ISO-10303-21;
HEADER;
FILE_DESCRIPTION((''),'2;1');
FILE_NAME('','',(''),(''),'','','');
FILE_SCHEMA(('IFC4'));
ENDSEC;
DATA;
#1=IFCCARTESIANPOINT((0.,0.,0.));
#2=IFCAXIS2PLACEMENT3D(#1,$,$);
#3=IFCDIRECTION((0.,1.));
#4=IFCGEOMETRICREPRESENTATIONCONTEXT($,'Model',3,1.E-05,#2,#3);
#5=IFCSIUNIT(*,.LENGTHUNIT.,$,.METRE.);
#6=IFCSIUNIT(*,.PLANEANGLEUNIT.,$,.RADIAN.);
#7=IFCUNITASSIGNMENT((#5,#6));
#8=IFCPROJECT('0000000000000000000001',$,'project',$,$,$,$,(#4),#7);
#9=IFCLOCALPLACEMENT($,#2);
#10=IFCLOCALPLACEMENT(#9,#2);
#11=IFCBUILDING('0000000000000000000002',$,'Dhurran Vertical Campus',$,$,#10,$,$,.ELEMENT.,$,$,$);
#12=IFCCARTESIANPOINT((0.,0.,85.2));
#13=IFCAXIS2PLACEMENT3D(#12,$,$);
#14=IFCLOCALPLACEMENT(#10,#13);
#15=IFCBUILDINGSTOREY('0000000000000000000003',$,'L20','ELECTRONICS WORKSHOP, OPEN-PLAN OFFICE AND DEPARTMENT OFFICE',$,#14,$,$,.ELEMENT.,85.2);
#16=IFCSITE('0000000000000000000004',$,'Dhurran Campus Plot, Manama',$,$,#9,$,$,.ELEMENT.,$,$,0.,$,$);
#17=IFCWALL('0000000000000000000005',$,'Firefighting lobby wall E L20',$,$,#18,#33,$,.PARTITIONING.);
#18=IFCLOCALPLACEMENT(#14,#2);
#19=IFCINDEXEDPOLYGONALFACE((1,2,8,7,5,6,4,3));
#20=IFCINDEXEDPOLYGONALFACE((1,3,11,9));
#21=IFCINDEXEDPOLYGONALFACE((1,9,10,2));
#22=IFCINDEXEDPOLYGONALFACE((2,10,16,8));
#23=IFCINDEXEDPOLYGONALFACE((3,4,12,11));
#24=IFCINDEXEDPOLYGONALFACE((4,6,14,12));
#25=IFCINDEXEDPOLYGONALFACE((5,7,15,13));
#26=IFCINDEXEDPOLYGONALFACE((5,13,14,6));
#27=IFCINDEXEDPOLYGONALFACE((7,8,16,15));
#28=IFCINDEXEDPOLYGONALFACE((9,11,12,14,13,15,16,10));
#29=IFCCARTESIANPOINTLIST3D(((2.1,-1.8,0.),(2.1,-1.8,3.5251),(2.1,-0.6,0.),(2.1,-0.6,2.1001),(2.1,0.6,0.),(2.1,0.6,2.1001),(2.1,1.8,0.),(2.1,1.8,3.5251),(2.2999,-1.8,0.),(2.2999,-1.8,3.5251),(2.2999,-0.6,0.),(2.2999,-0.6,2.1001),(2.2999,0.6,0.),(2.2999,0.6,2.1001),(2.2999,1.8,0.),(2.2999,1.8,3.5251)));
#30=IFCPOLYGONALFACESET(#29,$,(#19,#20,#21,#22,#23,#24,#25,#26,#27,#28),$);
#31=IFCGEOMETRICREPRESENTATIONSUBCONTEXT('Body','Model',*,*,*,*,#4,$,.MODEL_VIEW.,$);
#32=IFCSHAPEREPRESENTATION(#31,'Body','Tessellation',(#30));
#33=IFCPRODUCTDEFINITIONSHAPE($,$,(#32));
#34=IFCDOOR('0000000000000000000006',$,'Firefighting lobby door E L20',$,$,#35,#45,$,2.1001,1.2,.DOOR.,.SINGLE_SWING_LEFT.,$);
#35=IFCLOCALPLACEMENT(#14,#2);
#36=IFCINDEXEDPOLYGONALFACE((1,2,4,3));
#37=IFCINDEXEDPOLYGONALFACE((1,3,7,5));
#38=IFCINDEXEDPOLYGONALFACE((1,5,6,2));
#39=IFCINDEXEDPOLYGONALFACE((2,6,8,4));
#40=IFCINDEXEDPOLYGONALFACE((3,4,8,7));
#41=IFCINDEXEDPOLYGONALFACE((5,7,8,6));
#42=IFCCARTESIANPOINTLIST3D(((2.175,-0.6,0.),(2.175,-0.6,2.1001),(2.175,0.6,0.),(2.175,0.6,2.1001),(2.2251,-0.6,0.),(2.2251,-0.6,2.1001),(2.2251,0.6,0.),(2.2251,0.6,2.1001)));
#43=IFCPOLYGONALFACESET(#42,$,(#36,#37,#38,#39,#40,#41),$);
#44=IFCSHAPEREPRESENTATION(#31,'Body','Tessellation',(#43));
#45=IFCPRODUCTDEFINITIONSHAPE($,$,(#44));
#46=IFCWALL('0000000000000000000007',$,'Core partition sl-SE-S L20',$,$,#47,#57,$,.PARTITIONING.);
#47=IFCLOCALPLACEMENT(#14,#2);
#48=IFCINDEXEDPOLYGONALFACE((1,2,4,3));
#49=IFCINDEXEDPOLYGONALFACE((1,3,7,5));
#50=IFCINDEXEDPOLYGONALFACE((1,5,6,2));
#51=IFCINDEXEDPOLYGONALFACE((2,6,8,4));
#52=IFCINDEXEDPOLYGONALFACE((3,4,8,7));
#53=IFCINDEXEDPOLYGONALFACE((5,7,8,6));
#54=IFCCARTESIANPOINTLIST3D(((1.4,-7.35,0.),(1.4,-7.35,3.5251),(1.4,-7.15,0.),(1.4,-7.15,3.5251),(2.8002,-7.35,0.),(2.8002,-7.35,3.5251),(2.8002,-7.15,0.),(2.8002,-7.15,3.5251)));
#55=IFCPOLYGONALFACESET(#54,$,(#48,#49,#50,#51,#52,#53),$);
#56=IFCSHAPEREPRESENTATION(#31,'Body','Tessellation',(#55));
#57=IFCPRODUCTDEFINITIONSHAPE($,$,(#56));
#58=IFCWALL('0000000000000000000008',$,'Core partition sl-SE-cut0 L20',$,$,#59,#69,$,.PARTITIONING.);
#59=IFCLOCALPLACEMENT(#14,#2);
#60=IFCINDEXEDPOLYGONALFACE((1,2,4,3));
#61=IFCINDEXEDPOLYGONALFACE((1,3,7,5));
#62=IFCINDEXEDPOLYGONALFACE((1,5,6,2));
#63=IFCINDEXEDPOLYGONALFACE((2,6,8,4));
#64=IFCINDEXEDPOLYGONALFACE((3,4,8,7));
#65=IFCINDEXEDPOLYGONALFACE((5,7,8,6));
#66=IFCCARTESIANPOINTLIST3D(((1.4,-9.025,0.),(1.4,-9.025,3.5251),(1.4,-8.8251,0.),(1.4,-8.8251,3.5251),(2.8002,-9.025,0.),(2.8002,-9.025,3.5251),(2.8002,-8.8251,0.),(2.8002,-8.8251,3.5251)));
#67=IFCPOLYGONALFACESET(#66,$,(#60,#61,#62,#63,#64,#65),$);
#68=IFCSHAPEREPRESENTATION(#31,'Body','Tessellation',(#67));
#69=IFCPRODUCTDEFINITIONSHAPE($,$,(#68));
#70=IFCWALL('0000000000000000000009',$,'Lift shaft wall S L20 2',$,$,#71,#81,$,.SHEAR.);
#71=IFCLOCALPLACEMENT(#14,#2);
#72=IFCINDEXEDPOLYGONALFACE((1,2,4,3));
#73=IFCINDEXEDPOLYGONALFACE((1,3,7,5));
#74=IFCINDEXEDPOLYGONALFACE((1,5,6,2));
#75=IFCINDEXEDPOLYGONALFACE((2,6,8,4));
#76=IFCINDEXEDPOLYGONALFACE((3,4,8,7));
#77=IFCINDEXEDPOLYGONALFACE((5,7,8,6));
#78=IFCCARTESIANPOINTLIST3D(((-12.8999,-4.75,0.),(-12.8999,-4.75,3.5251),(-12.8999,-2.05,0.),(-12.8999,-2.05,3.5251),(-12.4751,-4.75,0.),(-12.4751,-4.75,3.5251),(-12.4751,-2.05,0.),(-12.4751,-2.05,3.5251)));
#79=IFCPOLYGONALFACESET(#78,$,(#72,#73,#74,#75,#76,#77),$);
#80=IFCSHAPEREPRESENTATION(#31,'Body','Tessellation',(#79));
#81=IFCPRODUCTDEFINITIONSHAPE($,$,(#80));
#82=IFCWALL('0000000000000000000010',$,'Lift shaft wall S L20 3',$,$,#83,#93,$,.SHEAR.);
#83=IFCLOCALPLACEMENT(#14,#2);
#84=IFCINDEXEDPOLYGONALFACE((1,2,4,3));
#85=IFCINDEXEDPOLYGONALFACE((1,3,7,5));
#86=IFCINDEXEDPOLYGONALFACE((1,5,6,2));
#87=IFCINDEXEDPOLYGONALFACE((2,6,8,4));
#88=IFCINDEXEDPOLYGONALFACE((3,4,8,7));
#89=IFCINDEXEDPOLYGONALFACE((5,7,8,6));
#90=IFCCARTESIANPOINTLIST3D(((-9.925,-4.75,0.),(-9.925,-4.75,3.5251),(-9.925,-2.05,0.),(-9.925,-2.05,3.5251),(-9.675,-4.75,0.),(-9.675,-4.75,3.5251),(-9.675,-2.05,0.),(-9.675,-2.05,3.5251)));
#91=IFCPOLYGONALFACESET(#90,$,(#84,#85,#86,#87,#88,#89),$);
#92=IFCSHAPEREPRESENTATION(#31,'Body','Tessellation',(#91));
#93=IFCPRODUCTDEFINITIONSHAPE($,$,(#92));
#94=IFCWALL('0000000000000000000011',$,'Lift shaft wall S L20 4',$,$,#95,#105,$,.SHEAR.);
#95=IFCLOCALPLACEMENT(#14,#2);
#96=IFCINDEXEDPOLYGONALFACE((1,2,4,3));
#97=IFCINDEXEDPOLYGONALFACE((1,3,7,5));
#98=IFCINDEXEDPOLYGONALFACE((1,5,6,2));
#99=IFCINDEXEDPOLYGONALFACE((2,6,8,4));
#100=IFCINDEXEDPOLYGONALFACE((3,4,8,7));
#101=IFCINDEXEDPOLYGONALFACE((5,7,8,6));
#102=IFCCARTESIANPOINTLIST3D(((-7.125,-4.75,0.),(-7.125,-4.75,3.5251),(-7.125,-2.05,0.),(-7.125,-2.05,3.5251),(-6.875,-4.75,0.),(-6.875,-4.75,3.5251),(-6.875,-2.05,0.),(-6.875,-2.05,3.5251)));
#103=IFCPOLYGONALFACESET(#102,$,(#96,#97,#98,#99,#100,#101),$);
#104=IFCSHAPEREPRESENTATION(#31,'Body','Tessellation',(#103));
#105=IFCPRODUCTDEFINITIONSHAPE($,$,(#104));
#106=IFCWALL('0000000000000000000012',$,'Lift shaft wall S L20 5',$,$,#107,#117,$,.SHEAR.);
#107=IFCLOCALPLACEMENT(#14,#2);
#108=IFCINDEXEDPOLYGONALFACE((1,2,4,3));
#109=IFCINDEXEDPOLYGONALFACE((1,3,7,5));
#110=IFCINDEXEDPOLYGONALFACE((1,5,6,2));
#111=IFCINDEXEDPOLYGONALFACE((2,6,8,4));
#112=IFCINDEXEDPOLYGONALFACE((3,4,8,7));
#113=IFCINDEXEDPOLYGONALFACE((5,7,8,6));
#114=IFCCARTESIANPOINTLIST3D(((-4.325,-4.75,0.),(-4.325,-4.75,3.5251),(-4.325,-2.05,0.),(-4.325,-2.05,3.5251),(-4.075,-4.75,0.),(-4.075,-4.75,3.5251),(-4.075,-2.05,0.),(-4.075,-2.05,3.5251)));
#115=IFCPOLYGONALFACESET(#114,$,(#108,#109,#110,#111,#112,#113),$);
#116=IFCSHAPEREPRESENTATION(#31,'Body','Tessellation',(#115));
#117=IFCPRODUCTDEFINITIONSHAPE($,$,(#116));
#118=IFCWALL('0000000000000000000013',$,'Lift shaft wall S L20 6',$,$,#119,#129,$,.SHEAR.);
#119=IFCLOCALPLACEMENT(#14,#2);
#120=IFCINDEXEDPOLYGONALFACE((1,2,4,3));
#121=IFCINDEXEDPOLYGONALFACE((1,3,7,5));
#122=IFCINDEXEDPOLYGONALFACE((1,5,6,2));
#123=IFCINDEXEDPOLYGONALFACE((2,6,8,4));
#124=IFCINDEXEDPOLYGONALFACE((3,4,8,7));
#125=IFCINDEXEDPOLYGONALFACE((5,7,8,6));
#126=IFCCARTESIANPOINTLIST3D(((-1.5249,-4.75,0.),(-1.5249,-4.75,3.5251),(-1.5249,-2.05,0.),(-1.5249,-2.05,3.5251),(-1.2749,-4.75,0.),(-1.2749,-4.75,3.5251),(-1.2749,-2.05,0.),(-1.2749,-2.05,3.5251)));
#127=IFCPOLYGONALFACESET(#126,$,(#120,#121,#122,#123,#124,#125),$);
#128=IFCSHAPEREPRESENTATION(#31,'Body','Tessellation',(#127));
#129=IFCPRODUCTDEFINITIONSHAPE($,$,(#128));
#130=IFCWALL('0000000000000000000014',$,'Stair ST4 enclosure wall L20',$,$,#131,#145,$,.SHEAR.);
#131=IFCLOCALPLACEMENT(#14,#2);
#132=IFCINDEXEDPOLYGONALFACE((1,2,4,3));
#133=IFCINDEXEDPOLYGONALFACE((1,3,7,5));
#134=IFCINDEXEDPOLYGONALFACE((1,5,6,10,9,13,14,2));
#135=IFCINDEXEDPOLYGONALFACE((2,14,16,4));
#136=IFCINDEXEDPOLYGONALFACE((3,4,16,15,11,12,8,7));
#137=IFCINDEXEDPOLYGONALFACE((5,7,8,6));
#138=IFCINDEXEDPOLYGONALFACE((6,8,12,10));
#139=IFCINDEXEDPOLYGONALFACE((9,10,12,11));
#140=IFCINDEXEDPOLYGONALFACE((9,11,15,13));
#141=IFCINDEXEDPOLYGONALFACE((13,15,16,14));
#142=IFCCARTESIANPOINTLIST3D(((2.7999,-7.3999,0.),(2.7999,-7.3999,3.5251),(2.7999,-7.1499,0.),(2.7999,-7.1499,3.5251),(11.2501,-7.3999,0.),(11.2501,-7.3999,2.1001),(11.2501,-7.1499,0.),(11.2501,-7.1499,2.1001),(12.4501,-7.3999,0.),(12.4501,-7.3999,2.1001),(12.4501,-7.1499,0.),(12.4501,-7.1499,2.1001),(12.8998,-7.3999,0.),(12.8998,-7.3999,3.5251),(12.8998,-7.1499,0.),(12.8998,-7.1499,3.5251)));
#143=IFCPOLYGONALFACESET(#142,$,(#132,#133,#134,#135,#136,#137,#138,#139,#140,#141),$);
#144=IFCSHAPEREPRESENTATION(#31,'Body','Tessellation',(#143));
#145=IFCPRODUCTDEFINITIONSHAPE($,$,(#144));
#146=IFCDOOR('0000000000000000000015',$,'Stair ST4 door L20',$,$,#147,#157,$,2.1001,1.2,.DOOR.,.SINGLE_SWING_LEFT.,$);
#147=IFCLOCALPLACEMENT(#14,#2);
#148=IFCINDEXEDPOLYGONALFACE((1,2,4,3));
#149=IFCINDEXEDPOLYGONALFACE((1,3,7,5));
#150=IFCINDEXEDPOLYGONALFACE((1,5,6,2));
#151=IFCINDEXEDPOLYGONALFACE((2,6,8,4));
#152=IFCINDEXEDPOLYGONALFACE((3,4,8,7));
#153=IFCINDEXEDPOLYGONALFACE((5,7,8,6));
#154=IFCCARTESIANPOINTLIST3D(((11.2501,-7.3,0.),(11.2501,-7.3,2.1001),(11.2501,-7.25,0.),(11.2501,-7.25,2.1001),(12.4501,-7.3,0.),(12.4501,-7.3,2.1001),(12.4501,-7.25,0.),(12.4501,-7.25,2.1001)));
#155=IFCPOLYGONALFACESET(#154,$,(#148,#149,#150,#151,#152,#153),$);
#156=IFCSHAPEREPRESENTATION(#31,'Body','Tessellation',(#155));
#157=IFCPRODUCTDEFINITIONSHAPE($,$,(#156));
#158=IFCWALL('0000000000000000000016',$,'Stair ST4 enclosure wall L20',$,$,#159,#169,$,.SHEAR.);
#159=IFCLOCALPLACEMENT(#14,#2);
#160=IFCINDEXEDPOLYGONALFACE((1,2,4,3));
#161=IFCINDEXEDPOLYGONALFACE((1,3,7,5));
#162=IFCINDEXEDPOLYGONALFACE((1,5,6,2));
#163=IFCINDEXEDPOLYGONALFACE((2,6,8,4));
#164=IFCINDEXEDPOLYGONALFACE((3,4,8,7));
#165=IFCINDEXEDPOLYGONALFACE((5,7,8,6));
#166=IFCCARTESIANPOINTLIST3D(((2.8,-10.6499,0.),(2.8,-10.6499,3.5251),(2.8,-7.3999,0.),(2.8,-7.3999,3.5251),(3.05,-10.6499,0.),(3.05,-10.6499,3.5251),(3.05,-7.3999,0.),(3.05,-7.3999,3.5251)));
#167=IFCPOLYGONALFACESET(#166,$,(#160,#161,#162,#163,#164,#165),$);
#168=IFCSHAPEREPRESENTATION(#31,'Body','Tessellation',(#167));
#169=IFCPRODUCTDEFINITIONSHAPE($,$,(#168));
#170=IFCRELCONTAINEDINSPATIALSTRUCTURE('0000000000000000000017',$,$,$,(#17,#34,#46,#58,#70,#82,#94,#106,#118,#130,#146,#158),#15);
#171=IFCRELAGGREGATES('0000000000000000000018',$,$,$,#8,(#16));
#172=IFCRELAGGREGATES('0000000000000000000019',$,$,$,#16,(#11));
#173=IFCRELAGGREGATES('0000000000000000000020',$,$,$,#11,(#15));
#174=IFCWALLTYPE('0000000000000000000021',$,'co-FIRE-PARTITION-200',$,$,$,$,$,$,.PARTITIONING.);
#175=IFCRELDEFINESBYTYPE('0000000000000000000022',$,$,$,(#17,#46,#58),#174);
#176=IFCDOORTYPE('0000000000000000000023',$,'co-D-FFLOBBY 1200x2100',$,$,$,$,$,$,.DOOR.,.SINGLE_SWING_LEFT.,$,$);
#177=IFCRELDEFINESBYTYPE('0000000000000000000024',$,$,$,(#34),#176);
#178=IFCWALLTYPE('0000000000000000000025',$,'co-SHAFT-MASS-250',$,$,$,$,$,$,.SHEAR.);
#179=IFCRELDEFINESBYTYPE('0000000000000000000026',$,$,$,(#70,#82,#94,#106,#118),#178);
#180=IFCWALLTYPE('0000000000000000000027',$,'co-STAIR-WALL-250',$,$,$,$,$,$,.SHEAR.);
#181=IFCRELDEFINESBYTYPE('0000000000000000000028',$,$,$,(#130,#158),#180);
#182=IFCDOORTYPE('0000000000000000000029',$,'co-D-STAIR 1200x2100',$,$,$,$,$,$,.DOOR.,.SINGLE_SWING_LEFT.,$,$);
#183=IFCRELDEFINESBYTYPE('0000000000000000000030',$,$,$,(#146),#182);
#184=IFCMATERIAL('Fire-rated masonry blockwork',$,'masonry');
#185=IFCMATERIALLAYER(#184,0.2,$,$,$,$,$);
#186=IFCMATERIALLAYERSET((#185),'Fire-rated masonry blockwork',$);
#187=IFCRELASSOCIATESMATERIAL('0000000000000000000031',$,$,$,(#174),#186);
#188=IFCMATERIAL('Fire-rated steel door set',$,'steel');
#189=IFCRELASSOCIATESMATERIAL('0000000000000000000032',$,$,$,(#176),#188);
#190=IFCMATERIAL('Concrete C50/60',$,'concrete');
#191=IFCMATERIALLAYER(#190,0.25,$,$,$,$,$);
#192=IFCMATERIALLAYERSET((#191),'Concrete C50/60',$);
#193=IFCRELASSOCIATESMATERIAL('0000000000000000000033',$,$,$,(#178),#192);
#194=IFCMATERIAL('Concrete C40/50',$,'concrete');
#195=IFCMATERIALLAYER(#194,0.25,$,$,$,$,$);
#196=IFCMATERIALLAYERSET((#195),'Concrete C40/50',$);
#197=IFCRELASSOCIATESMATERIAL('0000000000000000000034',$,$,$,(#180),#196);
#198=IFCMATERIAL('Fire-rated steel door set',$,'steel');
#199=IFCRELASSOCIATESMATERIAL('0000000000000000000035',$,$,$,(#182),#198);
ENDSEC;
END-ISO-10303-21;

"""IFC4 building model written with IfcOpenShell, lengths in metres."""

from ifc_helpers import new_model, si_unit, direction, frame, frame_2d, origin, place, context, subcontext, project, spatial, polyline, rectangle, outline, extrude, material, layer, layer_set, type_object, element, fill, save


model = new_model("IFC4")

# Units and contexts
model_context = context("Model", 3, precision=1e-05, world=origin(), true_north=direction((0.0, 1.0)))
body_context = subcontext(model_context, "Body", "Model", "MODEL_VIEW")
ifc_project = project(units=[si_unit("LENGTHUNIT", "METRE"), si_unit("PLANEANGLEUNIT", "RADIAN")], contexts=[model_context])

# Site, building, storey
site_placement = place(None, origin())
site = spatial("IfcSite", under=ifc_project, at=site_placement, Name="Dhurran Campus Plot, Manama", CompositionType="ELEMENT", RefElevation=0.0)
building_placement = place(site_placement, origin())
building = spatial("IfcBuilding", under=site, at=building_placement, Name="Dhurran Vertical Campus", CompositionType="ELEMENT")
storey_placement = place(building_placement, frame((0.0, 0.0, 85.2)))
storey = spatial("IfcBuildingStorey", under=building, at=storey_placement, Name="L20", Description="ELECTRONICS WORKSHOP, OPEN-PLAN OFFICE AND DEPARTMENT OFFICE", CompositionType="ELEMENT", Elevation=85.2)

# Wall, opening, door
ifc_material_1 = material(Name="Fire-rated masonry blockwork", Category="masonry")
ifc_layer_1 = layer(ifc_material_1, 0.2)
ifc_layer_set_1 = layer_set([ifc_layer_1], Name="Fire-rated masonry blockwork")
wall_type_1 = type_object("IfcWallType", Name="co-FIRE-PARTITION-200", PredefinedType="PARTITIONING", material=ifc_layer_set_1)
wall_1_placement = place(storey_placement, frame((2.2, -1.8, 0.0), z_axis=(0.0, 0.0, 1.0), x_axis=(0.0, 1.0, 0.0)))
wall_1 = element("IfcWall", 1, at=wall_1_placement, inside=storey, type_object=wall_type_1, Name="Firefighting lobby wall E L20", PredefinedType="PARTITIONING", context=body_context, shape_type="SweptSolid", body=[
    extrude(rectangle(XDim=3.6001, YDim=0.2, at=frame_2d((1.8, 0.0))), origin(), (0.0, 0.0, 1.0), 3.5251),
])
opening_1_placement = place(wall_1_placement, frame((1.2, 0.0, 0.0)))
opening_1 = element("IfcOpeningElement", 2, at=opening_1_placement, cuts=wall_1, PredefinedType="OPENING", context=body_context, shape_type="SweptSolid", body=[
    extrude(rectangle(XDim=1.2, YDim=2.1001, at=frame_2d((0.6001, 1.05))), frame((0.0, 0.1099, 0.0), z_axis=(0.0, -1.0, 0.0), x_axis=(1.0, 0.0, 0.0)), (0.0, 0.0, 1.0), 0.22),
])
ifc_material_2 = material(Name="Fire-rated steel door set", Category="steel")
door_type_1 = type_object("IfcDoorType", Name="co-D-FFLOBBY 1200x2100", OperationType="SINGLE_SWING_LEFT", PredefinedType="DOOR", material=ifc_material_2)
door_1_placement = place(opening_1_placement, origin())
door_1 = element("IfcDoor", 3, at=door_1_placement, inside=storey, type_object=door_type_1, Name="Firefighting lobby door E L20", OperationType="SINGLE_SWING_LEFT", OverallHeight=2.1001, OverallWidth=1.2, PredefinedType="DOOR", context=body_context, shape_type="SweptSolid", body=[
    extrude(rectangle(XDim=1.2, YDim=2.1001, at=frame_2d((0.6001, 1.05))), frame((0.0, 0.0249, 0.0), z_axis=(0.0, -1.0, 0.0), x_axis=(1.0, 0.0, 0.0)), (0.0, 0.0, 1.0), 0.05),
])
fill(opening_1, door_1)

# Walls
for number, where, z_axis, x_axis, name in (
    (4, (1.3999, -7.25, 0.0), (0.0, 0.0, 1.0), (1.0, 0.0, 0.0), "Core partition sl-SE-S L20"),
    (5, (1.3999, -8.925, 0.0), (0.0, 0.0, 1.0), (1.0, 0.0, 0.0), "Core partition sl-SE-cut0 L20"),
):
    element("IfcWall", number, at=place(storey_placement, frame(where, z_axis=z_axis, x_axis=x_axis)), inside=storey, type_object=wall_type_1, Name=name, PredefinedType="PARTITIONING", context=body_context, shape_type="SweptSolid", body=[
        extrude(rectangle(XDim=1.4001, YDim=0.2, at=frame_2d((0.7002, 0.0))), origin(), (0.0, 0.0, 1.0), 3.5251),
    ])
ifc_material_3 = material(Name="Concrete C50/60", Category="concrete")
ifc_layer_2 = layer(ifc_material_3, 0.25)
ifc_layer_set_2 = layer_set([ifc_layer_2], Name="Concrete C50/60")
wall_type_2 = type_object("IfcWallType", Name="co-SHAFT-MASS-250", PredefinedType="SHEAR", material=ifc_layer_set_2)
wall_2_placement = place(storey_placement, origin())
element("IfcWall", 6, at=wall_2_placement, inside=storey, type_object=wall_type_2, Name="Lift shaft wall S L20 2", PredefinedType="SHEAR", context=body_context, shape_type="SweptSolid", body=[
    extrude(outline(polyline([(-12.8999, -4.75), (-12.4751, -4.75), (-12.4751, -2.05), (-12.8999, -2.05), (-12.8999, -4.75)])), origin(), (0.0, 0.0, 1.0), 3.5251),
])
wall_3_placement = place(storey_placement, origin())
element("IfcWall", 7, at=wall_3_placement, inside=storey, type_object=wall_type_2, Name="Lift shaft wall S L20 3", PredefinedType="SHEAR", context=body_context, shape_type="SweptSolid", body=[
    extrude(outline(polyline([(-9.925, -4.75), (-9.675, -4.75), (-9.675, -2.05), (-9.925, -2.05), (-9.925, -4.75)])), origin(), (0.0, 0.0, 1.0), 3.5251),
])
wall_4_placement = place(storey_placement, origin())
element("IfcWall", 8, at=wall_4_placement, inside=storey, type_object=wall_type_2, Name="Lift shaft wall S L20 4", PredefinedType="SHEAR", context=body_context, shape_type="SweptSolid", body=[
    extrude(outline(polyline([(-7.125, -4.75), (-6.875, -4.75), (-6.875, -2.05), (-7.125, -2.05), (-7.125, -4.75)])), origin(), (0.0, 0.0, 1.0), 3.5251),
])
wall_5_placement = place(storey_placement, origin())
element("IfcWall", 9, at=wall_5_placement, inside=storey, type_object=wall_type_2, Name="Lift shaft wall S L20 5", PredefinedType="SHEAR", context=body_context, shape_type="SweptSolid", body=[
    extrude(outline(polyline([(-4.325, -4.75), (-4.075, -4.75), (-4.075, -2.05), (-4.325, -2.05), (-4.325, -4.75)])), origin(), (0.0, 0.0, 1.0), 3.5251),
])
wall_6_placement = place(storey_placement, origin())
element("IfcWall", 10, at=wall_6_placement, inside=storey, type_object=wall_type_2, Name="Lift shaft wall S L20 6", PredefinedType="SHEAR", context=body_context, shape_type="SweptSolid", body=[
    extrude(outline(polyline([(-1.5249, -4.75), (-1.2749, -4.75), (-1.2749, -2.05), (-1.5249, -2.05), (-1.5249, -4.75)])), origin(), (0.0, 0.0, 1.0), 3.5251),
])

# Wall, opening, door
ifc_material_4 = material(Name="Concrete C40/50", Category="concrete")
ifc_layer_3 = layer(ifc_material_4, 0.25)
ifc_layer_set_3 = layer_set([ifc_layer_3], Name="Concrete C40/50")
wall_type_3 = type_object("IfcWallType", Name="co-STAIR-WALL-250", PredefinedType="SHEAR", material=ifc_layer_set_3)
wall_7_placement = place(storey_placement, frame((2.8, -7.2749, 0.0), z_axis=(0.0, 0.0, 1.0), x_axis=(1.0, 0.0, 0.0)))
wall_7 = element("IfcWall", 11, at=wall_7_placement, inside=storey, type_object=wall_type_3, Name="Stair ST4 enclosure wall L20", PredefinedType="SHEAR", context=body_context, shape_type="SweptSolid", body=[
    extrude(rectangle(XDim=10.0999, YDim=0.25, at=frame_2d((5.0498, 0.0))), origin(), (0.0, 0.0, 1.0), 3.5251),
])
opening_2_placement = place(wall_7_placement, frame((8.45, 0.0, 0.0)))
opening_2 = element("IfcOpeningElement", 12, at=opening_2_placement, cuts=wall_7, PredefinedType="OPENING", context=body_context, shape_type="SweptSolid", body=[
    extrude(rectangle(XDim=1.2, YDim=2.1001, at=frame_2d((0.6001, 1.05))), frame((0.0, 0.135, 0.0), z_axis=(0.0, -1.0, 0.0), x_axis=(1.0, 0.0, 0.0)), (0.0, 0.0, 1.0), 0.27),
])
ifc_material_5 = material(Name="Fire-rated steel door set", Category="steel")
door_type_2 = type_object("IfcDoorType", Name="co-D-STAIR 1200x2100", OperationType="SINGLE_SWING_LEFT", PredefinedType="DOOR", material=ifc_material_5)
door_2_placement = place(opening_2_placement, origin())
door_2 = element("IfcDoor", 13, at=door_2_placement, inside=storey, type_object=door_type_2, Name="Stair ST4 door L20", OperationType="SINGLE_SWING_LEFT", OverallHeight=2.1001, OverallWidth=1.2, PredefinedType="DOOR", context=body_context, shape_type="SweptSolid", body=[
    extrude(rectangle(XDim=1.2, YDim=2.1001, at=frame_2d((0.6001, 1.05))), frame((0.0, 0.0249, 0.0), z_axis=(0.0, -1.0, 0.0), x_axis=(1.0, 0.0, 0.0)), (0.0, 0.0, 1.0), 0.05),
])
fill(opening_2, door_2)

# Wall
wall_8_placement = place(storey_placement, frame((2.925, -10.6499, 0.0), z_axis=(0.0, 0.0, 1.0), x_axis=(0.0, 1.0, 0.0)))
element("IfcWall", 14, at=wall_8_placement, inside=storey, type_object=wall_type_3, Name="Stair ST4 enclosure wall L20", PredefinedType="SHEAR", context=body_context, shape_type="SweptSolid", body=[
    extrude(rectangle(XDim=3.25, YDim=0.25, at=frame_2d((1.625, 0.0))), origin(), (0.0, 0.0, 1.0), 3.5251),
])

save(model, "model.ifc")
